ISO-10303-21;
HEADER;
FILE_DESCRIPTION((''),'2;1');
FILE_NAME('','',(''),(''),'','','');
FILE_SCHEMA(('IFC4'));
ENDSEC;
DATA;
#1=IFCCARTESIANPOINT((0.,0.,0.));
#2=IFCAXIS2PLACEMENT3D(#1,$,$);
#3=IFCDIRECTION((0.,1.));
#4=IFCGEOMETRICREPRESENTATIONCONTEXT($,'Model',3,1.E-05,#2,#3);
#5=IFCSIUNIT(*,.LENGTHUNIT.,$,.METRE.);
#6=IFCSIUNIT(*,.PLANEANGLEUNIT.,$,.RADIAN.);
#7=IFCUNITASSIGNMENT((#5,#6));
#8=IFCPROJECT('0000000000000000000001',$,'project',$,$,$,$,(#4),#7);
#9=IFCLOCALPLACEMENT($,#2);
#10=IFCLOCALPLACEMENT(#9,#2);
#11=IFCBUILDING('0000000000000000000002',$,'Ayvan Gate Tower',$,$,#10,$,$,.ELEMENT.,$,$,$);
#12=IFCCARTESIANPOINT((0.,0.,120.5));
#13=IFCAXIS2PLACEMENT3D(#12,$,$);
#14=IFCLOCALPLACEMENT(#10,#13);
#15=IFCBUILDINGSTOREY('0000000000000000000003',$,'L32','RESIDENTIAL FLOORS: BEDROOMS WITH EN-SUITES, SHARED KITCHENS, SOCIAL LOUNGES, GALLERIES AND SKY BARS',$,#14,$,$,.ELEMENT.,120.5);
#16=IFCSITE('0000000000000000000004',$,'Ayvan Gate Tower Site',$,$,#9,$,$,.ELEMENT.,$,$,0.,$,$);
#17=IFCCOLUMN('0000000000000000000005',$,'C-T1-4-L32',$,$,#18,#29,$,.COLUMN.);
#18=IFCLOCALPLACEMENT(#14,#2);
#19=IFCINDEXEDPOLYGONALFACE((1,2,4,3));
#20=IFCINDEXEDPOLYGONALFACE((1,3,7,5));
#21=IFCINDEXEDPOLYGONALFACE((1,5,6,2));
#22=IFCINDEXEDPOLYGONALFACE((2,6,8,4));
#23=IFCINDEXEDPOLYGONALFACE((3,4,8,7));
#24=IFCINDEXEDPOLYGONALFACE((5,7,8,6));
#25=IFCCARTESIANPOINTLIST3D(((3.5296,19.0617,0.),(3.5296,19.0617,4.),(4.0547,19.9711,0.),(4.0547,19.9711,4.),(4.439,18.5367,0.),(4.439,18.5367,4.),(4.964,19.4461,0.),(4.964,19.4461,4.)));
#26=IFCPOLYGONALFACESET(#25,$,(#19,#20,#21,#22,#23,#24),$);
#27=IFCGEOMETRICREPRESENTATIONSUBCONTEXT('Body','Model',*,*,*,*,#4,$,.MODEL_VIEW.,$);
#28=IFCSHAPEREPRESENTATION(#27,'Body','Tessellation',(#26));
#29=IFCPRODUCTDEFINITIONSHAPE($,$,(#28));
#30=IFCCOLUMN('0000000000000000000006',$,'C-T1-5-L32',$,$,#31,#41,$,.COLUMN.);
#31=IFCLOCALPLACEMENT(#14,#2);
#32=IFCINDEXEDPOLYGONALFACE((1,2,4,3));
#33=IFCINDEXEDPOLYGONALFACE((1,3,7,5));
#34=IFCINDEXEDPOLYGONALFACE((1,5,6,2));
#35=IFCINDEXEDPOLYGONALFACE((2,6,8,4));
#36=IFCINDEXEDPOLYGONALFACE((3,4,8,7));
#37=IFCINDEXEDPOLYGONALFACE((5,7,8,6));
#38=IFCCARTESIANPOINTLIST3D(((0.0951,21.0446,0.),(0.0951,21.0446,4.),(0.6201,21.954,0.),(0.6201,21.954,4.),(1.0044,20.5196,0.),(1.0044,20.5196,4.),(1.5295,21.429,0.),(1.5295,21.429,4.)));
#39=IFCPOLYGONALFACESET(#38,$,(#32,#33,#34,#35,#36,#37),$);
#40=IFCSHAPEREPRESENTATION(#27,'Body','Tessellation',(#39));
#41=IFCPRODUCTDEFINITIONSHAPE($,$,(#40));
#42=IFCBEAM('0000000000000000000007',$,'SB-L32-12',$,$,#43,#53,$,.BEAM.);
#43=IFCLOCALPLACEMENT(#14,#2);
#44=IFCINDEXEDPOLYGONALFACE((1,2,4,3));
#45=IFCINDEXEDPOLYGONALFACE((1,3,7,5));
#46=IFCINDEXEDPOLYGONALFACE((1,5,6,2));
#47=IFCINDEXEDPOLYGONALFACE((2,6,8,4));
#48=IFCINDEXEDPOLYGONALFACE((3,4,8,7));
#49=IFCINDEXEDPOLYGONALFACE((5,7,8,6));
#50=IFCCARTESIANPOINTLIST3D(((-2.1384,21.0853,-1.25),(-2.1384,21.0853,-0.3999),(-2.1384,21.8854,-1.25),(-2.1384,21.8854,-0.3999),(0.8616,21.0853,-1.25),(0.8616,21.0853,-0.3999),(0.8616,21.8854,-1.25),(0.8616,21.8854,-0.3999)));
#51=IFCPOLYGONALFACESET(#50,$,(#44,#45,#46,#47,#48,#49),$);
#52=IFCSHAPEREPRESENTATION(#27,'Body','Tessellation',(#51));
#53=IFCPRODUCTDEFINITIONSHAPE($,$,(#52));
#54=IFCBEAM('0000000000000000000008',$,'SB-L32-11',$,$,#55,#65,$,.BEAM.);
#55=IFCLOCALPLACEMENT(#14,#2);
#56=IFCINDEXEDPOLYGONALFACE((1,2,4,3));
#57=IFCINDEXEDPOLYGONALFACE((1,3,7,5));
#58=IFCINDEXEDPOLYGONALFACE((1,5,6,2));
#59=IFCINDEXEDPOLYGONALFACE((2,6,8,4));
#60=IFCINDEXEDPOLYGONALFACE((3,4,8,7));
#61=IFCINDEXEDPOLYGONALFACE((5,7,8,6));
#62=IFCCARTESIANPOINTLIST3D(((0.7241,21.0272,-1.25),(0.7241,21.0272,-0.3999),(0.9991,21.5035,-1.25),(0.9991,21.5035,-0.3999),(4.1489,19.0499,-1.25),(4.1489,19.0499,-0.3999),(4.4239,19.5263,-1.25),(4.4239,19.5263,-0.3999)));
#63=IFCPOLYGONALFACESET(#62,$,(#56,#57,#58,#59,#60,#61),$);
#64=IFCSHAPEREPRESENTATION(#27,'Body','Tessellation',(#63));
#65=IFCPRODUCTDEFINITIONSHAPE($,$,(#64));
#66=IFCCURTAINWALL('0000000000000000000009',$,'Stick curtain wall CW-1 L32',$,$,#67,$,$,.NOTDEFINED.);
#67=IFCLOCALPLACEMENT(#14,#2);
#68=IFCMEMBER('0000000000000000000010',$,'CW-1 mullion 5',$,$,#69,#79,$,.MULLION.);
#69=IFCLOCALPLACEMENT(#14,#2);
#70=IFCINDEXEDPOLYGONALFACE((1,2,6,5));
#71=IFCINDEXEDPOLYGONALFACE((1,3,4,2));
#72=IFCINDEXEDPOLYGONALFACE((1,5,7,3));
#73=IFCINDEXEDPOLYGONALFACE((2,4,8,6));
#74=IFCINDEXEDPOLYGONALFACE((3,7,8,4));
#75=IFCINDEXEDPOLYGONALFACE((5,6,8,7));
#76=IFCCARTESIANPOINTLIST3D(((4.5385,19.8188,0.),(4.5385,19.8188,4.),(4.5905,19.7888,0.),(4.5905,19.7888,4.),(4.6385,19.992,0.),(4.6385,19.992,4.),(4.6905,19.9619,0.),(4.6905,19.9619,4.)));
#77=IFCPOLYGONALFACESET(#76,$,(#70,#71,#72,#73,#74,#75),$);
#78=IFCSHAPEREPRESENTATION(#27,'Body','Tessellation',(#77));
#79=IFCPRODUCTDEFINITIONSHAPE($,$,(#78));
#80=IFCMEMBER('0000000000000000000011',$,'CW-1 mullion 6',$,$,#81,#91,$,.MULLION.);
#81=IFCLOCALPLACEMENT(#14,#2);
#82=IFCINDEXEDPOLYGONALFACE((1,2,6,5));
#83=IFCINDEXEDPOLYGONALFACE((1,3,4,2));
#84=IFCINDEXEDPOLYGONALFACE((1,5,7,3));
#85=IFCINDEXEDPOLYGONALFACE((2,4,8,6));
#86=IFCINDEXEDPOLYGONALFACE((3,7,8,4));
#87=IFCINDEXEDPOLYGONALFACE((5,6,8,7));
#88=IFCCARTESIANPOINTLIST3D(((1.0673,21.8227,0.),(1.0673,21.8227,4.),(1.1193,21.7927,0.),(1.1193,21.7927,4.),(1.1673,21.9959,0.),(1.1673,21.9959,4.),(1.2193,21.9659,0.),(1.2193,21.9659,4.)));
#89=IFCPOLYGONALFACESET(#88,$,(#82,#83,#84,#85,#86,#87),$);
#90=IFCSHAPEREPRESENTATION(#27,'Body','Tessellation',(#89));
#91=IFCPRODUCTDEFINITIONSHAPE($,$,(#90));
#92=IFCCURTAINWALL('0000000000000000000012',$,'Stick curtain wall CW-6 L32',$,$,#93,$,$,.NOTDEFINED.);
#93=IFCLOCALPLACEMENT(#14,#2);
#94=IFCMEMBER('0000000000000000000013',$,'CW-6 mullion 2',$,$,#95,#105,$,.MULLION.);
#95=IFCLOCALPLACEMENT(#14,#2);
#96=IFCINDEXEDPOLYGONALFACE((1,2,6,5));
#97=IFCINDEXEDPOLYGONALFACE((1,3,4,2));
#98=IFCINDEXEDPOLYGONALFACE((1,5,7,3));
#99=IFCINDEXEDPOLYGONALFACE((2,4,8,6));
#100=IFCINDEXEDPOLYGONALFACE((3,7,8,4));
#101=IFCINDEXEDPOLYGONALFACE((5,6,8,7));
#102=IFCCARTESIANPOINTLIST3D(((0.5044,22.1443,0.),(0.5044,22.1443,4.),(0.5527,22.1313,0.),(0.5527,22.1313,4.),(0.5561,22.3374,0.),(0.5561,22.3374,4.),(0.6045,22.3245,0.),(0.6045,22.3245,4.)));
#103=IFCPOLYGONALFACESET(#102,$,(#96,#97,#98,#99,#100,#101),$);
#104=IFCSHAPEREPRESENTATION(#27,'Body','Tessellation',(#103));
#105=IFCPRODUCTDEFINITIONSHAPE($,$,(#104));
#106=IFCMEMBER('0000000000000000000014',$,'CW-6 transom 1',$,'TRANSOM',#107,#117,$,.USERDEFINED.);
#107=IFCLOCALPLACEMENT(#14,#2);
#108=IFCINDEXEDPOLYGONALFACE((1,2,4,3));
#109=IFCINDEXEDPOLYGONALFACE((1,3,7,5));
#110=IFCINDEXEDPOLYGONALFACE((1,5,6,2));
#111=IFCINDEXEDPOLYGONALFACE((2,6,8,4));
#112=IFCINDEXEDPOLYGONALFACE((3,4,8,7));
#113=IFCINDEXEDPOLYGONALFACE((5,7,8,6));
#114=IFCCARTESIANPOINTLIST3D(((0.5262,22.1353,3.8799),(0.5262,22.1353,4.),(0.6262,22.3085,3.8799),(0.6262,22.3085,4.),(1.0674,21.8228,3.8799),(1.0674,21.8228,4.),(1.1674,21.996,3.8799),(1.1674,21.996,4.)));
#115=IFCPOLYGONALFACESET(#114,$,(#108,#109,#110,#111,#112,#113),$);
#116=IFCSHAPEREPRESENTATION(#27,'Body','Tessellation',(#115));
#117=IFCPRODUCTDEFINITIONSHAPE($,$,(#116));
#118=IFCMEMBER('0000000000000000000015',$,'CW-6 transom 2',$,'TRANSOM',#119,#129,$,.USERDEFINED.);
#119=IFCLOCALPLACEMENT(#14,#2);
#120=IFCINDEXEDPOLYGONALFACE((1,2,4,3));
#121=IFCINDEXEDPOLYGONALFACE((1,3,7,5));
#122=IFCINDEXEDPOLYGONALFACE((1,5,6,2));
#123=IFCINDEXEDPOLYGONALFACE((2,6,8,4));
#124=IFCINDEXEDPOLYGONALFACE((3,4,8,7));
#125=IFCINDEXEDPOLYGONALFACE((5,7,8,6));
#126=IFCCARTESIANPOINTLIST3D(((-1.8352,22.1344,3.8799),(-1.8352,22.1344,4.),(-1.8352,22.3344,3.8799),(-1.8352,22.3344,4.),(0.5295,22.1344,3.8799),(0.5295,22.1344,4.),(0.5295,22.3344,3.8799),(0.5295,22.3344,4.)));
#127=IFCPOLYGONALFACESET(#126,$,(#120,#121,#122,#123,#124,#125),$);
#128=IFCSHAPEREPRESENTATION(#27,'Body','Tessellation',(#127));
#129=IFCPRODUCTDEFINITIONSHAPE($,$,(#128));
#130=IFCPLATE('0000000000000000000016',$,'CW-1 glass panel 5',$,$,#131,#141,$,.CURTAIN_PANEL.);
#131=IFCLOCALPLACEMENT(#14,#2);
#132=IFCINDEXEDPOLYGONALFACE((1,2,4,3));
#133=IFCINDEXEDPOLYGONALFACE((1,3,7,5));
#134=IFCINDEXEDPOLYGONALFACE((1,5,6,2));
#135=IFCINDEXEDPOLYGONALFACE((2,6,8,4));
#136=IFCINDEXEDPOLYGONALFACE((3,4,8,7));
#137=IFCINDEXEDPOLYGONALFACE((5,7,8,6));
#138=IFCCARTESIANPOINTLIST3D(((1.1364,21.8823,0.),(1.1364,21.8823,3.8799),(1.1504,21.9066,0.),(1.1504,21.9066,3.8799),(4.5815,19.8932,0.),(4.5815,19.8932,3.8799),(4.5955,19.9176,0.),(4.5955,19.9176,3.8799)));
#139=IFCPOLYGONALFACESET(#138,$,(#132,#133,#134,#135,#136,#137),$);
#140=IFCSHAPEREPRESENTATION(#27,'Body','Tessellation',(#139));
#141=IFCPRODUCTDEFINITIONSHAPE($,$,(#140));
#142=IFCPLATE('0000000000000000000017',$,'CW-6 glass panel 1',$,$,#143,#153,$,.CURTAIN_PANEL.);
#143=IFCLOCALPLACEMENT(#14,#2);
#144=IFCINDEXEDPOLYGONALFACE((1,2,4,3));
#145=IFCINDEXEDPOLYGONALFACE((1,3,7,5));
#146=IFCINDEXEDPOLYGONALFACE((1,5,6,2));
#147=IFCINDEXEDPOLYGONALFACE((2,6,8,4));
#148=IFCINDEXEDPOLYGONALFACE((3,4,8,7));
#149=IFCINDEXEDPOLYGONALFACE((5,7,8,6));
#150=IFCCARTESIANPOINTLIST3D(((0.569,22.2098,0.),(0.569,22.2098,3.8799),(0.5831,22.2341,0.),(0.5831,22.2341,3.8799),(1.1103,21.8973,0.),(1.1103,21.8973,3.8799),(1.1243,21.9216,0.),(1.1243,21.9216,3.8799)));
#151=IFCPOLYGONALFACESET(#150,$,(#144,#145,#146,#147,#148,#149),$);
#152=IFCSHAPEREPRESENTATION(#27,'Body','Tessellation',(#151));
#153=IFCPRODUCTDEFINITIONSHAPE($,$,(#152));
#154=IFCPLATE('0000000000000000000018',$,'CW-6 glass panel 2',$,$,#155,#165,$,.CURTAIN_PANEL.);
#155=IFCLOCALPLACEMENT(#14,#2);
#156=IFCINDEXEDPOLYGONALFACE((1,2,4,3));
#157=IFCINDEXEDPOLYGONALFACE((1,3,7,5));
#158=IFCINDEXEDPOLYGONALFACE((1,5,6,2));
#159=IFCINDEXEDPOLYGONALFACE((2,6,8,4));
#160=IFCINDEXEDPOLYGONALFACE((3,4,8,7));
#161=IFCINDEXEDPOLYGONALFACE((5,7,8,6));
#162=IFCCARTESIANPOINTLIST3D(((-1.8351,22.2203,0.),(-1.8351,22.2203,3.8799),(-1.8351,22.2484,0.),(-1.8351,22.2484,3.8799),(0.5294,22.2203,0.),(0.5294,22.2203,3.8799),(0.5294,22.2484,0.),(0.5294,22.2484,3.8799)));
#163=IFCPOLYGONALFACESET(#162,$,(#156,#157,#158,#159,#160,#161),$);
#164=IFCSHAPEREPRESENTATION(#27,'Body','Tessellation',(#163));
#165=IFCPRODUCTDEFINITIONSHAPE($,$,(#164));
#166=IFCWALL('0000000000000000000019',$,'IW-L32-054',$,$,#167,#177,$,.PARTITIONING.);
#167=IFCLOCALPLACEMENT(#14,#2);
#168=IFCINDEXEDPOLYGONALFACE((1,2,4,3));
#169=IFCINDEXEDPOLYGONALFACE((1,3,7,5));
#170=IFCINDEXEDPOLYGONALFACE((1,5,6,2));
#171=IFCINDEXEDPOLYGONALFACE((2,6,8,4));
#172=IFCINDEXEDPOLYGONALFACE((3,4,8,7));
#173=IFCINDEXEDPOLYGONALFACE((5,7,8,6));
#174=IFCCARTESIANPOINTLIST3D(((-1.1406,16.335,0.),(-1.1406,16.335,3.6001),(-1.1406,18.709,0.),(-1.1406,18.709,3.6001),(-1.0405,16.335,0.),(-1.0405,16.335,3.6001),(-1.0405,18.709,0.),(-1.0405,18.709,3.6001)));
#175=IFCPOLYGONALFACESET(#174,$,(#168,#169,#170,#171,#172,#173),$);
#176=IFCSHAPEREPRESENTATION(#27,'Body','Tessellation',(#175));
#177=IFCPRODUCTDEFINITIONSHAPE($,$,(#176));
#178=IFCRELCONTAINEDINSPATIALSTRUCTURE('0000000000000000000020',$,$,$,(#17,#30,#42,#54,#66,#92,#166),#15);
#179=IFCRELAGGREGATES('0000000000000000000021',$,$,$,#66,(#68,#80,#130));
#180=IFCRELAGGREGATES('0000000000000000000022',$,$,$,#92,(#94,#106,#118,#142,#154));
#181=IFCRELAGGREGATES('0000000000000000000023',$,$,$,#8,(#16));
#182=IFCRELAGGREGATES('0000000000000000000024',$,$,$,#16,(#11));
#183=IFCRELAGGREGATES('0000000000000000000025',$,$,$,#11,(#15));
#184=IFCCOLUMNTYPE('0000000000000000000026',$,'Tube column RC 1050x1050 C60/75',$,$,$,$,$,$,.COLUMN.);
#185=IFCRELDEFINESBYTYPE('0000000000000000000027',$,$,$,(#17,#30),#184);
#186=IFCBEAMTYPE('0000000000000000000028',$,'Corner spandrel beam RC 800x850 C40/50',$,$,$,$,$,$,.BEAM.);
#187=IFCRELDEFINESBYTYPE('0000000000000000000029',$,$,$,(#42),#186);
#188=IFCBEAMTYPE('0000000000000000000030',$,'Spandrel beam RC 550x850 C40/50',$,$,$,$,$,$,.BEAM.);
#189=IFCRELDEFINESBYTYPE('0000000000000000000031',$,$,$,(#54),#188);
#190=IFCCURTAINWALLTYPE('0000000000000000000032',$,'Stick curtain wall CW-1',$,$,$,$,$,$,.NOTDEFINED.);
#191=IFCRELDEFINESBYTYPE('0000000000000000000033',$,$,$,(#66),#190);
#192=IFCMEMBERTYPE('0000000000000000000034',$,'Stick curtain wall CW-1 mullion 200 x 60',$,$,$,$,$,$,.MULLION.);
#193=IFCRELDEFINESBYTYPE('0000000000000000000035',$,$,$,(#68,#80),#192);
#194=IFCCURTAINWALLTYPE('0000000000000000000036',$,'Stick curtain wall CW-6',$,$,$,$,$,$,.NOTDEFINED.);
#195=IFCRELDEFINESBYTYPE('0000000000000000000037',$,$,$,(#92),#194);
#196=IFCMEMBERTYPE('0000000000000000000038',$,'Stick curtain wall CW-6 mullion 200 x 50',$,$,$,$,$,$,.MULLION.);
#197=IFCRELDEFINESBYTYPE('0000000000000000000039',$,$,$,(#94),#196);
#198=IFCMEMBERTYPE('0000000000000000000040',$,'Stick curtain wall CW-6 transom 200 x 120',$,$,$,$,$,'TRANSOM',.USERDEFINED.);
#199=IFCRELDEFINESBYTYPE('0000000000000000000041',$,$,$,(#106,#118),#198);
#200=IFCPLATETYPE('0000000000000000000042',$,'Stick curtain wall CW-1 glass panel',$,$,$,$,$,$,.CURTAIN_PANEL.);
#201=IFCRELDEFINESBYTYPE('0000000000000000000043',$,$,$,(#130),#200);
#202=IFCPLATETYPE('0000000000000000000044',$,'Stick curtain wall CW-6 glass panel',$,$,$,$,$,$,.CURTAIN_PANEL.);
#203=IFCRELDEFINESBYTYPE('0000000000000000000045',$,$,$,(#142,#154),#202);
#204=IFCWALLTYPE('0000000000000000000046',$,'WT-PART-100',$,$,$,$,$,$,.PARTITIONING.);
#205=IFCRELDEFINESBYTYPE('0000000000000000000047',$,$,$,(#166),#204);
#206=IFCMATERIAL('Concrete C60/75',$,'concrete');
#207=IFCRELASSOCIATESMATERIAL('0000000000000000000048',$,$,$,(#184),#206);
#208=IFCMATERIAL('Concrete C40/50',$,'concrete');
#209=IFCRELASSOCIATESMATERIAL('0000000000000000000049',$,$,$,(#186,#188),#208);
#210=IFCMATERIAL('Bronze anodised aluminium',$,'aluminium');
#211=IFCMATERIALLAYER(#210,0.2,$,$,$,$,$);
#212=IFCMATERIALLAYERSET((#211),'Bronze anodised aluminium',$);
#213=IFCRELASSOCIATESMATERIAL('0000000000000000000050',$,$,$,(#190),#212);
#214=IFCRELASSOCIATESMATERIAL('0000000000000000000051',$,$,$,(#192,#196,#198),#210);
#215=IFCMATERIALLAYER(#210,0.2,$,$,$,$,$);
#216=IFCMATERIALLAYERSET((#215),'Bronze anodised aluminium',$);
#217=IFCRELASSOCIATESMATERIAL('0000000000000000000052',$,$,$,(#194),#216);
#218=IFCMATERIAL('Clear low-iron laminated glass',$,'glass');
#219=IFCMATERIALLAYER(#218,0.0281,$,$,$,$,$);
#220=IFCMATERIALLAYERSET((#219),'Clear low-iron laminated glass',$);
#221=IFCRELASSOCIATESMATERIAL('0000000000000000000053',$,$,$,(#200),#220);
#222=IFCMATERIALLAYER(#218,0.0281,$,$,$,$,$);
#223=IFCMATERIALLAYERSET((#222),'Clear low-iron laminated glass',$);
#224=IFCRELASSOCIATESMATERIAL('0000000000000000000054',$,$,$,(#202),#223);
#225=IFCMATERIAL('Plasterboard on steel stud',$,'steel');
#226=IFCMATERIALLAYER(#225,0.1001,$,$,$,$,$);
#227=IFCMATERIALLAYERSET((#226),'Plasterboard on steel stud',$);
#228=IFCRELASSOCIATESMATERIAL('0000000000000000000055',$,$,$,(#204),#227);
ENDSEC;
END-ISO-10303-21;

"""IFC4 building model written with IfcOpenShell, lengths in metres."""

from ifc_helpers import new_model, si_unit, direction, frame, frame_2d, origin, origin_2d, place, context, subcontext, project, spatial, rectangle, extrude, material, layer, layer_set, material_profile, profile_set, type_object, element, aggregate, save


model = new_model("IFC4")

# Units and contexts
model_context = context("Model", 3, precision=1e-05, world=origin(), true_north=direction((0.0, 1.0)))
body_context = subcontext(model_context, "Body", "Model", "MODEL_VIEW")
ifc_project = project(units=[si_unit("LENGTHUNIT", "METRE"), si_unit("PLANEANGLEUNIT", "RADIAN")], contexts=[model_context])

# Site, building, storey
site_placement = place(None, origin())
site = spatial("IfcSite", under=ifc_project, at=site_placement, Name="Ayvan Gate Tower Site", CompositionType="ELEMENT", RefElevation=0.0)
building_placement = place(site_placement, origin())
building = spatial("IfcBuilding", under=site, at=building_placement, Name="Ayvan Gate Tower", CompositionType="ELEMENT")
storey_placement = place(building_placement, frame((0.0, 0.0, 120.5)))
storey = spatial("IfcBuildingStorey", under=building, at=storey_placement, Name="L32", Description="RESIDENTIAL FLOORS: BEDROOMS WITH EN-SUITES, SHARED KITCHENS, SOCIAL LOUNGES, GALLERIES AND SKY BARS", CompositionType="ELEMENT", Elevation=120.5)

# Columns
ifc_material_1 = material(Name="Concrete C60/75", Category="concrete")
ifc_material_profile_1 = material_profile(ifc_material_1, rectangle(XDim=1.05, YDim=1.05, at=origin_2d()), Name="RC 1050x1050")
ifc_profile_set_1 = profile_set([ifc_material_profile_1], Name="Concrete C60/75")
column_type = type_object("IfcColumnType", Name="Tube column RC 1050x1050 C60/75", PredefinedType="COLUMN", material=ifc_profile_set_1)
for number, where, z_axis, x_axis, name in (
    (1, (4.2468, 19.2539, 0.0), (0.0, 0.0, 1.0), (0.5, 0.866025, 0.0), "C-T1-4-L32"),
    (2, (0.8123, 21.2368, 0.0), (0.0, 0.0, 1.0), (0.5, 0.866025, 0.0), "C-T1-5-L32"),
):
    element("IfcColumn", number, at=place(storey_placement, frame(where, z_axis=z_axis, x_axis=x_axis)), inside=storey, type_object=column_type, Name=name, PredefinedType="COLUMN", context=body_context, shape_type="SweptSolid", body=[
        extrude(rectangle(XDim=1.05, YDim=1.05, at=origin_2d()), origin(), (0.0, 0.0, 1.0), 4.0),
    ])

# Beams
ifc_material_2 = material(Name="Concrete C40/50", Category="concrete")
ifc_material_profile_2 = material_profile(ifc_material_2, rectangle(XDim=0.8, YDim=0.8501, at=origin_2d()), Name="RC 800x850")
ifc_profile_set_2 = profile_set([ifc_material_profile_2], Name="Concrete C40/50")
beam_type_1 = type_object("IfcBeamType", Name="Corner spandrel beam RC 800x850 C40/50", PredefinedType="BEAM", material=ifc_profile_set_2)
beam_1_placement = place(storey_placement, frame((0.8616, 21.4854, -0.825), z_axis=(-1.0, 0.0, 0.0), x_axis=(0.0, -1.0, 0.0)))
element("IfcBeam", 3, at=beam_1_placement, inside=storey, type_object=beam_type_1, Name="SB-L32-12", PredefinedType="BEAM", context=body_context, shape_type="SweptSolid", body=[
    extrude(rectangle(XDim=0.8, YDim=0.8501, at=origin_2d()), origin(), (0.0, 0.0, 1.0), 3.0),
])
ifc_material_profile_3 = material_profile(ifc_material_2, rectangle(XDim=0.55, YDim=0.8501, at=origin_2d()), Name="RC 550x850")
ifc_profile_set_3 = profile_set([ifc_material_profile_3], Name="Concrete C40/50")
beam_type_2 = type_object("IfcBeamType", Name="Spandrel beam RC 550x850 C40/50", PredefinedType="BEAM", material=ifc_profile_set_3)
beam_2_placement = place(storey_placement, frame((4.2864, 19.2881, -0.825), z_axis=(-0.866027, 0.499997, 0.0), x_axis=(-0.499997, -0.866027, 0.0)))
element("IfcBeam", 4, at=beam_2_placement, inside=storey, type_object=beam_type_2, Name="SB-L32-11", PredefinedType="BEAM", context=body_context, shape_type="SweptSolid", body=[
    extrude(rectangle(XDim=0.55, YDim=0.8501, at=origin_2d()), origin(), (0.0, 0.0, 1.0), 3.9546),
])

# Curtain walls, members
ifc_material_3 = material(Name="Bronze anodised aluminium", Category="aluminium")
ifc_layer_1 = layer(ifc_material_3, 0.2)
ifc_layer_set_1 = layer_set([ifc_layer_1], Name="Bronze anodised aluminium")
curtain_wall_type_1 = type_object("IfcCurtainWallType", Name="Stick curtain wall CW-1", PredefinedType="NOTDEFINED", material=ifc_layer_set_1)
curtain_wall_1_placement = place(storey_placement, origin())
curtain_wall_1 = element("IfcCurtainWall", 5, at=curtain_wall_1_placement, inside=storey, type_object=curtain_wall_type_1, Name="Stick curtain wall CW-1 L32", PredefinedType="NOTDEFINED")
ifc_material_profile_4 = material_profile(ifc_material_3, rectangle(XDim=0.2, YDim=0.0601, at=origin_2d()), Name="Stick curtain wall CW-1 mullion 200 x 60")
ifc_profile_set_4 = profile_set([ifc_material_profile_4], Name="Bronze anodised aluminium")
member_type_1 = type_object("IfcMemberType", Name="Stick curtain wall CW-1 mullion 200 x 60", PredefinedType="MULLION", material=ifc_profile_set_4)
member_1_placement = place(storey_placement, frame((4.6145, 19.8904, 0.0), z_axis=(0.0, 0.0, 1.0), x_axis=(0.5, 0.866025, 0.0)))
member_1 = element("IfcMember", 6, at=member_1_placement, type_object=member_type_1, Name="CW-1 mullion 5", PredefinedType="MULLION", context=body_context, shape_type="SweptSolid", body=[
    extrude(rectangle(XDim=0.2, YDim=0.0601, at=origin_2d()), origin(), (0.0, 0.0, 1.0), 4.0),
])
member_2_placement = place(storey_placement, frame((1.1433, 21.8943, 0.0), z_axis=(0.0, 0.0, 1.0), x_axis=(0.5, 0.866025, 0.0)))
member_2 = element("IfcMember", 7, at=member_2_placement, type_object=member_type_1, Name="CW-1 mullion 6", PredefinedType="MULLION", context=body_context, shape_type="SweptSolid", body=[
    extrude(rectangle(XDim=0.2, YDim=0.0601, at=origin_2d()), origin(), (0.0, 0.0, 1.0), 4.0),
])
ifc_layer_2 = layer(ifc_material_3, 0.2)
ifc_layer_set_2 = layer_set([ifc_layer_2], Name="Bronze anodised aluminium")
curtain_wall_type_2 = type_object("IfcCurtainWallType", Name="Stick curtain wall CW-6", PredefinedType="NOTDEFINED", material=ifc_layer_set_2)
curtain_wall_2_placement = place(storey_placement, origin())
curtain_wall_2 = element("IfcCurtainWall", 8, at=curtain_wall_2_placement, inside=storey, type_object=curtain_wall_type_2, Name="Stick curtain wall CW-6 L32", PredefinedType="NOTDEFINED")
ifc_material_profile_5 = material_profile(ifc_material_3, rectangle(XDim=0.2, YDim=0.05, at=origin_2d()), Name="Stick curtain wall CW-6 mullion 200 x 50")
ifc_profile_set_5 = profile_set([ifc_material_profile_5], Name="Bronze anodised aluminium")
member_type_2 = type_object("IfcMemberType", Name="Stick curtain wall CW-6 mullion 200 x 50", PredefinedType="MULLION", material=ifc_profile_set_5)
member_3_placement = place(storey_placement, frame((0.5544, 22.2344, 0.0), z_axis=(0.0, 0.0, 1.0), x_axis=(0.258819, 0.965926, 0.0)))
member_3 = element("IfcMember", 9, at=member_3_placement, type_object=member_type_2, Name="CW-6 mullion 2", PredefinedType="MULLION", context=body_context, shape_type="SweptSolid", body=[
    extrude(rectangle(XDim=0.2, YDim=0.05, at=origin_2d()), origin(), (0.0, 0.0, 1.0), 4.0),
])
ifc_material_profile_6 = material_profile(ifc_material_3, rectangle(XDim=0.2, YDim=0.1201, at=origin_2d()), Name="Stick curtain wall CW-6 transom 200 x 120")
ifc_profile_set_6 = profile_set([ifc_material_profile_6], Name="Bronze anodised aluminium")
member_type_3 = type_object("IfcMemberType", Name="Stick curtain wall CW-6 transom 200 x 120", ElementType="TRANSOM", PredefinedType="USERDEFINED", material=ifc_profile_set_6)
member_4_placement = place(storey_placement, frame((1.1174, 21.9094, 3.9399), z_axis=(-0.866023, 0.500004, 0.0), x_axis=(-0.500004, -0.866023, 0.0)))
member_4 = element("IfcMember", 10, at=member_4_placement, type_object=member_type_3, Name="CW-6 transom 1", ObjectType="TRANSOM", PredefinedType="USERDEFINED", context=body_context, shape_type="SweptSolid", body=[
    extrude(rectangle(XDim=0.2, YDim=0.1201, at=origin_2d()), origin(), (0.0, 0.0, 1.0), 0.625),
])
member_5_placement = place(storey_placement, frame((0.5295, 22.2344, 3.9399), z_axis=(-1.0, 0.0, 0.0), x_axis=(0.0, -1.0, 0.0)))
member_5 = element("IfcMember", 11, at=member_5_placement, type_object=member_type_3, Name="CW-6 transom 2", ObjectType="TRANSOM", PredefinedType="USERDEFINED", context=body_context, shape_type="SweptSolid", body=[
    extrude(rectangle(XDim=0.2, YDim=0.1201, at=origin_2d()), origin(), (0.0, 0.0, 1.0), 2.3647),
])

# Plates
ifc_material_4 = material(Name="Clear low-iron laminated glass", Category="glass")
ifc_layer_3 = layer(ifc_material_4, 0.0281)
ifc_layer_set_3 = layer_set([ifc_layer_3], Name="Clear low-iron laminated glass")
plate_type_1 = type_object("IfcPlateType", Name="Stick curtain wall CW-1 glass panel", PredefinedType="CURTAIN_PANEL", material=ifc_layer_set_3)
plate_1_placement = place(storey_placement, frame((2.866, 20.8999, 0.0), z_axis=(0.0, 0.0, 1.0), x_axis=(-0.866025, 0.5, 0.0)))
plate_1 = element("IfcPlate", 12, at=plate_1_placement, type_object=plate_type_1, Name="CW-1 glass panel 5", PredefinedType="CURTAIN_PANEL", context=body_context, shape_type="SweptSolid", body=[
    extrude(rectangle(XDim=3.978, YDim=0.0281, at=origin_2d()), origin(), (0.0, 0.0, 1.0), 3.8799),
])
aggregate(curtain_wall_1, [member_1, member_2, plate_1])
ifc_layer_4 = layer(ifc_material_4, 0.0281)
ifc_layer_set_4 = layer_set([ifc_layer_4], Name="Clear low-iron laminated glass")
plate_type_2 = type_object("IfcPlateType", Name="Stick curtain wall CW-6 glass panel", PredefinedType="CURTAIN_PANEL", material=ifc_layer_set_4)
plate_2_placement = place(storey_placement, frame((0.8467, 22.0657, 0.0), z_axis=(0.0, 0.0, 1.0), x_axis=(-0.866025, 0.5, 0.0)))
plate_2 = element("IfcPlate", 13, at=plate_2_placement, type_object=plate_type_2, Name="CW-6 glass panel 1", PredefinedType="CURTAIN_PANEL", context=body_context, shape_type="SweptSolid", body=[
    extrude(rectangle(XDim=0.625, YDim=0.0281, at=origin_2d()), origin(), (0.0, 0.0, 1.0), 3.8799),
])
plate_3_placement = place(storey_placement, frame((-0.6528, 22.2344, 0.0), z_axis=(0.0, 0.0, 1.0), x_axis=(-1.0, 0.0, 0.0)))
plate_3 = element("IfcPlate", 14, at=plate_3_placement, type_object=plate_type_2, Name="CW-6 glass panel 2", PredefinedType="CURTAIN_PANEL", context=body_context, shape_type="SweptSolid", body=[
    extrude(rectangle(XDim=2.3645, YDim=0.0281, at=origin_2d()), origin(), (0.0, 0.0, 1.0), 3.8799),
])
aggregate(curtain_wall_2, [member_3, member_4, member_5, plate_2, plate_3])

# Wall
ifc_material_5 = material(Name="Plasterboard on steel stud", Category="steel")
ifc_layer_5 = layer(ifc_material_5, 0.1001)
ifc_layer_set_5 = layer_set([ifc_layer_5], Name="Plasterboard on steel stud")
wall_type = type_object("IfcWallType", Name="WT-PART-100", PredefinedType="PARTITIONING", material=ifc_layer_set_5)
wall_1_placement = place(storey_placement, frame((-1.0906, 18.709, 0.0), z_axis=(0.0, 0.0, 1.0), x_axis=(0.0, -1.0, 0.0)))
element("IfcWall", 15, at=wall_1_placement, inside=storey, type_object=wall_type, Name="IW-L32-054", PredefinedType="PARTITIONING", context=body_context, shape_type="SweptSolid", body=[
    extrude(rectangle(XDim=2.374, YDim=0.1001, at=frame_2d((1.187, 0.0))), origin(), (0.0, 0.0, 1.0), 3.6001),
])

save(model, "model.ifc")
